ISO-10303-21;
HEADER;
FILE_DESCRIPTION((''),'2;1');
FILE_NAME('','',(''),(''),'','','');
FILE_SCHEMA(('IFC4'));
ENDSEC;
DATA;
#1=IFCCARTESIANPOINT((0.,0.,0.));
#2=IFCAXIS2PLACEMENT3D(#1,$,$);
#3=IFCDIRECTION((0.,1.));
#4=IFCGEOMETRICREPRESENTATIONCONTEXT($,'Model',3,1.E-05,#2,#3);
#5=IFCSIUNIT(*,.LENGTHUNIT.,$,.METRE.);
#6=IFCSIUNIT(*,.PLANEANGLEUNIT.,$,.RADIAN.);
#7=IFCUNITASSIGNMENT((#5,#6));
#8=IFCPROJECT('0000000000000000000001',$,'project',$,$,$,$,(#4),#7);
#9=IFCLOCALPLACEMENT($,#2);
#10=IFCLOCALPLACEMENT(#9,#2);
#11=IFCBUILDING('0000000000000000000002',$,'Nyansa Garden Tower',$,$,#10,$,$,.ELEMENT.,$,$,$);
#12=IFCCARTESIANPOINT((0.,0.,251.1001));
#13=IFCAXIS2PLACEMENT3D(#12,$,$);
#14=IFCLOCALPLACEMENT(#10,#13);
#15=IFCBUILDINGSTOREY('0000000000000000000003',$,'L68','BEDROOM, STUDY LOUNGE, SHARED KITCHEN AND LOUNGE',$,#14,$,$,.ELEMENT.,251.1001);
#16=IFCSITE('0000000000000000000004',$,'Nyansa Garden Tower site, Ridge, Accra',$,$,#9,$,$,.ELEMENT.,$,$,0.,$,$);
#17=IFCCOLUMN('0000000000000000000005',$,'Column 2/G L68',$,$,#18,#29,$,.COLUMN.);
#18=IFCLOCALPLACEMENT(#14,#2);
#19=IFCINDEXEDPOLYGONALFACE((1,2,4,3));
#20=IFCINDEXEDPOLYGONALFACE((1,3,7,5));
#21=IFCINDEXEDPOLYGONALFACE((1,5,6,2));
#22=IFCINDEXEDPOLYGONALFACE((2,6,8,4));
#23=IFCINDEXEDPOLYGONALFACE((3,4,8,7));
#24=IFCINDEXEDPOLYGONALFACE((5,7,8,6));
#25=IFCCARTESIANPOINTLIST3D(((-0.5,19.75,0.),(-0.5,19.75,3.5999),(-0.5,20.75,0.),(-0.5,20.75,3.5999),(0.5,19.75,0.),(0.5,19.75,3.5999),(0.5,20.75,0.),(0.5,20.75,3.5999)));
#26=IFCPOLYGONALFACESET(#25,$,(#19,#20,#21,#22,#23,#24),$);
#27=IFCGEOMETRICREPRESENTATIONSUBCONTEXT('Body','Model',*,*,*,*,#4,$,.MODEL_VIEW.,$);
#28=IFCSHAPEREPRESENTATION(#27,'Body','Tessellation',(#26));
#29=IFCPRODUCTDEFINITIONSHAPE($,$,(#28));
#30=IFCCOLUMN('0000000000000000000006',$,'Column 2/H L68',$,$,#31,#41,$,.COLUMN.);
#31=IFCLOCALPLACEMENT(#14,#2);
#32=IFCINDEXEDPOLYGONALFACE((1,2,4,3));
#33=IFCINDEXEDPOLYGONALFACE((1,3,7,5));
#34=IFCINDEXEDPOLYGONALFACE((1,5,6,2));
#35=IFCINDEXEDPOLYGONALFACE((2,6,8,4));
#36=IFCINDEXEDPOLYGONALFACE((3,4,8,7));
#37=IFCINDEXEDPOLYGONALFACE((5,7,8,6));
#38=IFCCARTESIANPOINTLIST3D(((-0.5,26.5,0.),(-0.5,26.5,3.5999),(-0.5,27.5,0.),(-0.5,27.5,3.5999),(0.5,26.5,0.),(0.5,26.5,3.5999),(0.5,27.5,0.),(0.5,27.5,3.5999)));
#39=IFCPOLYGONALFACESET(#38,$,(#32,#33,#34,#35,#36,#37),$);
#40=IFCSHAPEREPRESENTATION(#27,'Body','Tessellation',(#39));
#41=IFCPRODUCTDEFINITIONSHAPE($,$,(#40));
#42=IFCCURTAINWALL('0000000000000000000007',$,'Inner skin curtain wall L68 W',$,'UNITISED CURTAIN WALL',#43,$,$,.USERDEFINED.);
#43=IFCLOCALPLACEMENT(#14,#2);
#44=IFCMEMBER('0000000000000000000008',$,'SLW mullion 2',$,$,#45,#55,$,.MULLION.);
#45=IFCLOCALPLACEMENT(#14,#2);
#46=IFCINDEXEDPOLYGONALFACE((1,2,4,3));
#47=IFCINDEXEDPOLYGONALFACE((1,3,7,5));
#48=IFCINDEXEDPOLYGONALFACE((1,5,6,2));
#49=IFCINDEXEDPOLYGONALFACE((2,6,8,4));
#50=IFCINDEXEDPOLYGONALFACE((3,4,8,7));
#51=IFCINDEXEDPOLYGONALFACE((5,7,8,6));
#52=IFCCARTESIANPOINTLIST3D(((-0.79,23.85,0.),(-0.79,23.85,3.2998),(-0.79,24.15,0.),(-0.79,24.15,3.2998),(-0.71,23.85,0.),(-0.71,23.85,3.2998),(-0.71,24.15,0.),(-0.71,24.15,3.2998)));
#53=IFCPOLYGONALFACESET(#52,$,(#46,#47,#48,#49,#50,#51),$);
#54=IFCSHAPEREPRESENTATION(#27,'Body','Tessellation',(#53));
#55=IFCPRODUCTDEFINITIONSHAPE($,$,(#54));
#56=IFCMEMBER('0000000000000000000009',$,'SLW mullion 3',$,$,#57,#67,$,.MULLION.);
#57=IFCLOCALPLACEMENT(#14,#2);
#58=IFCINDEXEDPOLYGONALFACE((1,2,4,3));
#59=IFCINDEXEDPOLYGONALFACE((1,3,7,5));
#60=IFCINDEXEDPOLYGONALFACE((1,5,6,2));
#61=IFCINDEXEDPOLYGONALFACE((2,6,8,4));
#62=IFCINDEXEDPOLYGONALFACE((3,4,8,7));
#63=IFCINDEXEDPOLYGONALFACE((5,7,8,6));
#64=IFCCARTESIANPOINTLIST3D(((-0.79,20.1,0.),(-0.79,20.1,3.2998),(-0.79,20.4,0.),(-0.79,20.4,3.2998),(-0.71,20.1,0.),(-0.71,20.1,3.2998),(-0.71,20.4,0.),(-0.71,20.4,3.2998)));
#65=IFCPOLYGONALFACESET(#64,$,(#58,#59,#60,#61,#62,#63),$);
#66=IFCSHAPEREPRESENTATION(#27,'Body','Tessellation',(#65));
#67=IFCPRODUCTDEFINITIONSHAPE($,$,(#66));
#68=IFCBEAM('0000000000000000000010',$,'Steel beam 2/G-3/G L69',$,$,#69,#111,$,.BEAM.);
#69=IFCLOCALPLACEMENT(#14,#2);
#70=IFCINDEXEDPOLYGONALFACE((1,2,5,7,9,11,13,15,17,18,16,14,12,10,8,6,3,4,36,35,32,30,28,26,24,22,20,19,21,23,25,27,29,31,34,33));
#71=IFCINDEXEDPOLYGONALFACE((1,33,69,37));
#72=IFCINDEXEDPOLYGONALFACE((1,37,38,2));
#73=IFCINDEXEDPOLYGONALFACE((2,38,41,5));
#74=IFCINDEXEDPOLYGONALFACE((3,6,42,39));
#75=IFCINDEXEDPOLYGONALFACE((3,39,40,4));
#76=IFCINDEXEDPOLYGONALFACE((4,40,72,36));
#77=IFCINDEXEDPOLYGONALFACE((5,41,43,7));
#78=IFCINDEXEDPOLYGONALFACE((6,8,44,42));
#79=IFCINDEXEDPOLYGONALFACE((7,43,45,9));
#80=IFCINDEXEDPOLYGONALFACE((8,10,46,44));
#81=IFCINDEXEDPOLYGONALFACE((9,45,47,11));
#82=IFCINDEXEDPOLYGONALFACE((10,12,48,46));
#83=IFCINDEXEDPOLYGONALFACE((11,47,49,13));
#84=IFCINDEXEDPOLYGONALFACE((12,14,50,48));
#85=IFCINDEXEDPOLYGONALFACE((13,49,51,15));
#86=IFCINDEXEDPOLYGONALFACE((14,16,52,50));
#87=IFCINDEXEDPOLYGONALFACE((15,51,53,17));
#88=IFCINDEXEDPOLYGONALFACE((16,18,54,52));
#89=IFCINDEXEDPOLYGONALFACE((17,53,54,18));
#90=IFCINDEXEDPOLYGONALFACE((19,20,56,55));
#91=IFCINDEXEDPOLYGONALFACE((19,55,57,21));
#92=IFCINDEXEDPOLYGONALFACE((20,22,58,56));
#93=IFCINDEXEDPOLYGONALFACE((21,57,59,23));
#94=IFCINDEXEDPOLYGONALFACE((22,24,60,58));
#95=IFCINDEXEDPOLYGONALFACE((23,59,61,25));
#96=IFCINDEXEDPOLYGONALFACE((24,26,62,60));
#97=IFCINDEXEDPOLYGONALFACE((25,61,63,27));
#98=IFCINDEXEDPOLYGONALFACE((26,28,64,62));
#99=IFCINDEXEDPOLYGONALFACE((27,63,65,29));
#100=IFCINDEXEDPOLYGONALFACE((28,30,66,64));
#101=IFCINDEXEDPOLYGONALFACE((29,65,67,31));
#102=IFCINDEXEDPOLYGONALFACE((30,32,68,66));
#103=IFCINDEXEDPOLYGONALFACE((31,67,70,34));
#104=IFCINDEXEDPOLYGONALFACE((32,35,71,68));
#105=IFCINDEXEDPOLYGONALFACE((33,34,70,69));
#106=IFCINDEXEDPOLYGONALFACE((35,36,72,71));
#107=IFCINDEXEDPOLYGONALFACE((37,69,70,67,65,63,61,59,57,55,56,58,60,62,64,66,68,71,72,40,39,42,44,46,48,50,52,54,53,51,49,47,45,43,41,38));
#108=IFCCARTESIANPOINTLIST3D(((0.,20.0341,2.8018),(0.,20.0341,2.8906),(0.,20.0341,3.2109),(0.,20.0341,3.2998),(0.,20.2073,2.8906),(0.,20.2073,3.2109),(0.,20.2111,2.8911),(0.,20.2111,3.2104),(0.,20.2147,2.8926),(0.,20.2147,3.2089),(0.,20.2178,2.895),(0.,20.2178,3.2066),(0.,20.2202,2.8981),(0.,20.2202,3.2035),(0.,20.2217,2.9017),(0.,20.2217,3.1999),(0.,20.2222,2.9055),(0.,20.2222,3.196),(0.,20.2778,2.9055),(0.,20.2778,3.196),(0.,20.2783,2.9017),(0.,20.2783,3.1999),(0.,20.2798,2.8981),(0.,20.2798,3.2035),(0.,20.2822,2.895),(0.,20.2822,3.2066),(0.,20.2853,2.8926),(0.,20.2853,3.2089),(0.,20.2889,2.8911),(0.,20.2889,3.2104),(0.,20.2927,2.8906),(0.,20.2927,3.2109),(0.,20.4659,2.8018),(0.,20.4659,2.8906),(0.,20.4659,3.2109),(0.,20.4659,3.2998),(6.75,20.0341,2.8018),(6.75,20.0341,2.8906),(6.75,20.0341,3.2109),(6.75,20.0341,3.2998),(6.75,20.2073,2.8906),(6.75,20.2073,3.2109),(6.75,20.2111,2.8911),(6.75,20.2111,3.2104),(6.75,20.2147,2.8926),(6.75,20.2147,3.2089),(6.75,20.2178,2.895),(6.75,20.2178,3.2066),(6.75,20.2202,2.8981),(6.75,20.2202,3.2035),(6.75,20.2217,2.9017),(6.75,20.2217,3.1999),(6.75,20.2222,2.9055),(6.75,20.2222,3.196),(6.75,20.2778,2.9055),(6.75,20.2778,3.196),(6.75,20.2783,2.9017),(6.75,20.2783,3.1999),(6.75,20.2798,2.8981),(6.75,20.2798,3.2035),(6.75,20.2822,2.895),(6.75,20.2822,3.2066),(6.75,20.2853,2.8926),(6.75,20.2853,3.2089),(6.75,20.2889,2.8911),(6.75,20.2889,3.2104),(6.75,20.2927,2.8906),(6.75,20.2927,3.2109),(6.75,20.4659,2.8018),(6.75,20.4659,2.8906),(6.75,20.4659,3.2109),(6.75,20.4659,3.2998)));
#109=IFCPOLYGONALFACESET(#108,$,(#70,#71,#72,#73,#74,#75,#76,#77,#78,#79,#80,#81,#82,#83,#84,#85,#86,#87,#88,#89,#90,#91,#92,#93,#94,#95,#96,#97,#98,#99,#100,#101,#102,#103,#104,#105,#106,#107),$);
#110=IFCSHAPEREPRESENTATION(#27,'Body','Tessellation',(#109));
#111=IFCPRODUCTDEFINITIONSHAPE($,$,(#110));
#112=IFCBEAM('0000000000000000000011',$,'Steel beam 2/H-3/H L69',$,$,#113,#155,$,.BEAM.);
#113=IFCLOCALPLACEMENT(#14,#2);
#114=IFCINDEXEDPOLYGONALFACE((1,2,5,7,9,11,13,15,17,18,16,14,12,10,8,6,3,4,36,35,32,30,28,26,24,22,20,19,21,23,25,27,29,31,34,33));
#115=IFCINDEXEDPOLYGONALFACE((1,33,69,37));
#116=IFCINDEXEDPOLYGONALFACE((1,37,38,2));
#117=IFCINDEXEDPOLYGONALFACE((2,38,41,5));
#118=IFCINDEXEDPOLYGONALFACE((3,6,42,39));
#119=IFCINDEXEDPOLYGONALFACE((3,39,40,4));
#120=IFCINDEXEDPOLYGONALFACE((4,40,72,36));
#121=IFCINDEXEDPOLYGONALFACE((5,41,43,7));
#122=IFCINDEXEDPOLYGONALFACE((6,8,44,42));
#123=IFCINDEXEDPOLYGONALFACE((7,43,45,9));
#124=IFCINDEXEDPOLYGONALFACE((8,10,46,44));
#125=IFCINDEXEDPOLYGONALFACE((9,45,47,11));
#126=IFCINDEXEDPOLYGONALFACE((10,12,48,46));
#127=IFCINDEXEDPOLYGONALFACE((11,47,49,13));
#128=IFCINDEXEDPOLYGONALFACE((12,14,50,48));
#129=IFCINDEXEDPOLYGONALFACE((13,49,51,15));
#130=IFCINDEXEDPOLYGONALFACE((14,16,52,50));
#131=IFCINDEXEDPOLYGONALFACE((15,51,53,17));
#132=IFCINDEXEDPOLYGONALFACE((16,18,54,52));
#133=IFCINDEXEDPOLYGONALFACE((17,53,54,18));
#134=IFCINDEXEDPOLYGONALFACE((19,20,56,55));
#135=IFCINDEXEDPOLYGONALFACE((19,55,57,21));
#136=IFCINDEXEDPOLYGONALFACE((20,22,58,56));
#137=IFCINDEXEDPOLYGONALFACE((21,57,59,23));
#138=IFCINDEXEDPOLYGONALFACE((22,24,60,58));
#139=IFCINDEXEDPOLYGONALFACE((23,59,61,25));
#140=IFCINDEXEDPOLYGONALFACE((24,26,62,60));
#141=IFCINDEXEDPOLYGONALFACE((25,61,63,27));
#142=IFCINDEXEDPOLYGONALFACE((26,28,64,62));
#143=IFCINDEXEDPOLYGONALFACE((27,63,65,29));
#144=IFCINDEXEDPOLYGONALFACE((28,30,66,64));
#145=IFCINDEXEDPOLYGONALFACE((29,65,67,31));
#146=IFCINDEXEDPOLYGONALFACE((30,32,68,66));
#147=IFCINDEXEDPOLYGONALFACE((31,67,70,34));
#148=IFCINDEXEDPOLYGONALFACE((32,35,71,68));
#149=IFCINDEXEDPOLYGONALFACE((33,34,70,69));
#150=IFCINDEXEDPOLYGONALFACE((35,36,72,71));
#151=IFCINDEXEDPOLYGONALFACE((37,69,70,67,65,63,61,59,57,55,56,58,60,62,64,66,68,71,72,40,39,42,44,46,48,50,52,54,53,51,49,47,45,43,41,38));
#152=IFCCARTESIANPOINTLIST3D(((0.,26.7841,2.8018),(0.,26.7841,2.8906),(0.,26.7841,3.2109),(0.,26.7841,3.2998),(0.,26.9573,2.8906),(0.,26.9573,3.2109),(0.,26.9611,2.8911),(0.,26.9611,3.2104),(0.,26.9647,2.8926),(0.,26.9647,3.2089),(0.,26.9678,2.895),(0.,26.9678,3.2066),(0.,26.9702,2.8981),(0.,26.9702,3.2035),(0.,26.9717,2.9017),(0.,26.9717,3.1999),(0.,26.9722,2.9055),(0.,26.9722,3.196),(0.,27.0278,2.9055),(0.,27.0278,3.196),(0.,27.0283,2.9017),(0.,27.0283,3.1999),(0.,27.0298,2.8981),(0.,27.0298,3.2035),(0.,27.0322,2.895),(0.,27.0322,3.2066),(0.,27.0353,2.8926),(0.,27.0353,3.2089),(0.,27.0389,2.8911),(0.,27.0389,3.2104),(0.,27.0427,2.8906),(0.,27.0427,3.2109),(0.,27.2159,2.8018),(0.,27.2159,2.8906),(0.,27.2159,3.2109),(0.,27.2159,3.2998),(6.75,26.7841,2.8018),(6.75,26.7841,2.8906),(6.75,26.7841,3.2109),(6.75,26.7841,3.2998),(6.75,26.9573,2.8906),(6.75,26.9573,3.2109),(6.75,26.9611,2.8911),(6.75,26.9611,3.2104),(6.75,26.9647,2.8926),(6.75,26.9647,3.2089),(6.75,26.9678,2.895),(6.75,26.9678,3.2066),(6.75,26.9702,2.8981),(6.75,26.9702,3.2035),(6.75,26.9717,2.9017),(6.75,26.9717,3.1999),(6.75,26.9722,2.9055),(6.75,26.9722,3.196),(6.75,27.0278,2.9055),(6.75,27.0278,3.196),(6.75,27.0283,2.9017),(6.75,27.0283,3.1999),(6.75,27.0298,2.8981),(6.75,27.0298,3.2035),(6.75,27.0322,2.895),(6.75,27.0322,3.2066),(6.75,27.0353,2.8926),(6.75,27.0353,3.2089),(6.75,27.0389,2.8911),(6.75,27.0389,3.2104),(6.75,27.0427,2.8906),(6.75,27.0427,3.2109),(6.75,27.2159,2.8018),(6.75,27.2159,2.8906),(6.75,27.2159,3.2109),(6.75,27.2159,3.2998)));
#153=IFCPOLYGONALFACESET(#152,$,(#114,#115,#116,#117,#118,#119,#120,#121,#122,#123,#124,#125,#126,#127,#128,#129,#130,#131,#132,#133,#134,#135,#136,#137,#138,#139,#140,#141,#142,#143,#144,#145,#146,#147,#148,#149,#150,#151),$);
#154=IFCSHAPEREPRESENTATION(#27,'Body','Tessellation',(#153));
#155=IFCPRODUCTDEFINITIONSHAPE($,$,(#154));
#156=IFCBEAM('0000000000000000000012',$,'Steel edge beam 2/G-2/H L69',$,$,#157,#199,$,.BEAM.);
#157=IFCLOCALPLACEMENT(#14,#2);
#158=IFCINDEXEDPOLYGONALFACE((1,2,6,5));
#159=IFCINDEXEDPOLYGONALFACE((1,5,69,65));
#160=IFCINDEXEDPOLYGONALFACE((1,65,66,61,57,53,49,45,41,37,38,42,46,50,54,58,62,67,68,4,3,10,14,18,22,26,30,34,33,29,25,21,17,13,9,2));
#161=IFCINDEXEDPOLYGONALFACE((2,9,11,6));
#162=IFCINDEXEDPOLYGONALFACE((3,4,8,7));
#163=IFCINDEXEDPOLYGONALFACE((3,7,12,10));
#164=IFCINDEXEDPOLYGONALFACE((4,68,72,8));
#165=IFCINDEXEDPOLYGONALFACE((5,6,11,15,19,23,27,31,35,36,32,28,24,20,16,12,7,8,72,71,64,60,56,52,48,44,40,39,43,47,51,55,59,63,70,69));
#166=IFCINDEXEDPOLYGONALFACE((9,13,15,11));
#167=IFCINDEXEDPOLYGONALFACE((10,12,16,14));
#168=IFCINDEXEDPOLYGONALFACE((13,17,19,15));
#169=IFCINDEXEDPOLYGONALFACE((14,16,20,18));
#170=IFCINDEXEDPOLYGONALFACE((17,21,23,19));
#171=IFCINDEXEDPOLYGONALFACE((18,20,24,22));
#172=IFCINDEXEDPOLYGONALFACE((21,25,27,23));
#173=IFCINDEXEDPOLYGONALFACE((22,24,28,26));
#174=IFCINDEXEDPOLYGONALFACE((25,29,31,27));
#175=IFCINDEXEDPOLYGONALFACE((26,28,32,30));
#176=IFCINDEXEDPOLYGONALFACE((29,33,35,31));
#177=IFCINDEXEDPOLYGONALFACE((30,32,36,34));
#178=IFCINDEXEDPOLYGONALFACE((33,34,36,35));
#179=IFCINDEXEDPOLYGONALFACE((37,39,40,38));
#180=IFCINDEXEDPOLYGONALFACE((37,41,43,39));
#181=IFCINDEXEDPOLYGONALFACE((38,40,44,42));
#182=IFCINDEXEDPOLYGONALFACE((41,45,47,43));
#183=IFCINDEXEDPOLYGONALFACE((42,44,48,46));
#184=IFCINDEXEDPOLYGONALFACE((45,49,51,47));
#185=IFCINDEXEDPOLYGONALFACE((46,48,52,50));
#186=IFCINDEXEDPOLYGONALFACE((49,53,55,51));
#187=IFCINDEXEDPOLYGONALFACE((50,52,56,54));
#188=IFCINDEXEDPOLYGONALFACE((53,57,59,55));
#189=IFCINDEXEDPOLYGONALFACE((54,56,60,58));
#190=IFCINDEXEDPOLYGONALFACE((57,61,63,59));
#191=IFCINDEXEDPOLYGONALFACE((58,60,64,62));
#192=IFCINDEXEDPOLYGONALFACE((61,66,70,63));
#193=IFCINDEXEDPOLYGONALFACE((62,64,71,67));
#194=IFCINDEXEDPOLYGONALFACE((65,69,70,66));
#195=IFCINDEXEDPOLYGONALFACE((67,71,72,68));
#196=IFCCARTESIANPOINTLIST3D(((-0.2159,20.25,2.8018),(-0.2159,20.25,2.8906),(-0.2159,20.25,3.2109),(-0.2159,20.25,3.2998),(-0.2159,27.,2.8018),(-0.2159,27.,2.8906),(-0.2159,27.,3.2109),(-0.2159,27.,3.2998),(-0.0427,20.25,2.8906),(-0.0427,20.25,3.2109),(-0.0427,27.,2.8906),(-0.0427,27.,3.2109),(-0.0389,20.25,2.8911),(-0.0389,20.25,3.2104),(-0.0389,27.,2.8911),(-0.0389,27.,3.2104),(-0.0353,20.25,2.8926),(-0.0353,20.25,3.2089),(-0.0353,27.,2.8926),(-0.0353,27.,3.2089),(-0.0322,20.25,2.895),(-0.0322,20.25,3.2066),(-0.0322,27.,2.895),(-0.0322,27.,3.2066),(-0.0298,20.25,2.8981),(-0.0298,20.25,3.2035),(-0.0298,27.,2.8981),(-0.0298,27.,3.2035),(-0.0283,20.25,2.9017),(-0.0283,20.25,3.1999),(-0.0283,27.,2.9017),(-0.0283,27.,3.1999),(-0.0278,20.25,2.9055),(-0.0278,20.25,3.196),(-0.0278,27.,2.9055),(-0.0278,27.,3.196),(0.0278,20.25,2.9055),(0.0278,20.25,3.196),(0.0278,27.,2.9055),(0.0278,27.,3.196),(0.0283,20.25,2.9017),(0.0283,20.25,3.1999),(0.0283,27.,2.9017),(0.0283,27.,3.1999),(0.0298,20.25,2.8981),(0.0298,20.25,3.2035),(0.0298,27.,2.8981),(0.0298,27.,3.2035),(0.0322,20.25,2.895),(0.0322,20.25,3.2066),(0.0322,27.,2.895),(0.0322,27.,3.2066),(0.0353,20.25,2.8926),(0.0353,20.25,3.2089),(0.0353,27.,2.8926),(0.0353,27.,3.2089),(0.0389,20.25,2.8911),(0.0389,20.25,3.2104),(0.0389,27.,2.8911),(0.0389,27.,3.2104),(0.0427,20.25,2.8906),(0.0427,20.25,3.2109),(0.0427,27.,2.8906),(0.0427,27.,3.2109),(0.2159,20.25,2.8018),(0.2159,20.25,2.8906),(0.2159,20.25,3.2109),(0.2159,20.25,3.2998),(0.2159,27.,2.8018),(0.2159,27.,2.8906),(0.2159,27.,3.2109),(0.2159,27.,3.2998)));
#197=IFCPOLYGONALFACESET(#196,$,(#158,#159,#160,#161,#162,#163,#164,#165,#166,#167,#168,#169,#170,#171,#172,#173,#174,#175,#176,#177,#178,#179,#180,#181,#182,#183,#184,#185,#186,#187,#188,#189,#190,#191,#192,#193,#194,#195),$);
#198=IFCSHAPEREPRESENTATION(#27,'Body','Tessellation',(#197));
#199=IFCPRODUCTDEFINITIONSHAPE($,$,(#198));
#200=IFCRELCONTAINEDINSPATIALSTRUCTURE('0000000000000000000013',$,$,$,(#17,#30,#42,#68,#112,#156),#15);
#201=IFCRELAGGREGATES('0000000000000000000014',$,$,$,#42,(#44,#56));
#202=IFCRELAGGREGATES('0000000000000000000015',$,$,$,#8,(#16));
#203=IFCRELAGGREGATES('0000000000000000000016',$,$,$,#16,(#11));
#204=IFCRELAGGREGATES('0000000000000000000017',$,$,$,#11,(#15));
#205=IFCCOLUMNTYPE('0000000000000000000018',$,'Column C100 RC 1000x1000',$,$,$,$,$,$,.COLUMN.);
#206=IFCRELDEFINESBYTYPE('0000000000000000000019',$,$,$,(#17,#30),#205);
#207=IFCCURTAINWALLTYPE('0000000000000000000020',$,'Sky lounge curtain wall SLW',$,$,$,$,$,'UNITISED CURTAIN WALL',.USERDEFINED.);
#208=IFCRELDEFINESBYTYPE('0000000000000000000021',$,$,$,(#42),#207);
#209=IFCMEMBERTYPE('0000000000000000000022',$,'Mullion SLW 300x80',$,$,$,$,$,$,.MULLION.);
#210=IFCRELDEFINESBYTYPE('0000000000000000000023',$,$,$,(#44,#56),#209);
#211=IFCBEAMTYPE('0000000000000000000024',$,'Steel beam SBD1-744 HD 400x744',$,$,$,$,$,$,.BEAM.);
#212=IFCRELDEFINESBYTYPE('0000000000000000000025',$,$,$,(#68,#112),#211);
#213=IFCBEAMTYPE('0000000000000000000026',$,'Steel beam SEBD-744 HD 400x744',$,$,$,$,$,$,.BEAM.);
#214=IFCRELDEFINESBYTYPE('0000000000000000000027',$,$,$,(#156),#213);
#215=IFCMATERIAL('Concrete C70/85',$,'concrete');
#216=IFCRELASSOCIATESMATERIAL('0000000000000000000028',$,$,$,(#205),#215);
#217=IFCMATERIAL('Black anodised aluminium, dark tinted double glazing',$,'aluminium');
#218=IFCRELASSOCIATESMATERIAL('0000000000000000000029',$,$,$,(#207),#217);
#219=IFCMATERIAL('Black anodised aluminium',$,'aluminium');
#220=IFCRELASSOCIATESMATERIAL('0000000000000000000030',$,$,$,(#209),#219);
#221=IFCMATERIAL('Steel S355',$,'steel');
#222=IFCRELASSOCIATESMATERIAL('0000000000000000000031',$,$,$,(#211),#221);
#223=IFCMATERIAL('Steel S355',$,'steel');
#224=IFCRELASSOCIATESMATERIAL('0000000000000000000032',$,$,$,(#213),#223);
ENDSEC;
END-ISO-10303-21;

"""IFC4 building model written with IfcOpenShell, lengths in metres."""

from ifc_helpers import new_model, si_unit, direction, frame, origin, origin_2d, place, context, subcontext, project, spatial, rectangle, i_section, extrude, material, material_profile, profile_set, type_object, element, aggregate, save


model = new_model("IFC4")

# Units and contexts
model_context = context("Model", 3, precision=1e-05, world=origin(), true_north=direction((0.0, 1.0)))
body_context = subcontext(model_context, "Body", "Model", "MODEL_VIEW")
ifc_project = project(units=[si_unit("LENGTHUNIT", "METRE"), si_unit("PLANEANGLEUNIT", "RADIAN")], contexts=[model_context])

# Site, building, storey
site_placement = place(None, origin())
site = spatial("IfcSite", under=ifc_project, at=site_placement, Name="Nyansa Garden Tower site, Ridge, Accra", CompositionType="ELEMENT", RefElevation=0.0)
building_placement = place(site_placement, origin())
building = spatial("IfcBuilding", under=site, at=building_placement, Name="Nyansa Garden Tower", CompositionType="ELEMENT")
storey_placement = place(building_placement, frame((0.0, 0.0, 251.1001)))
storey = spatial("IfcBuildingStorey", under=building, at=storey_placement, Name="L68", Description="BEDROOM, STUDY LOUNGE, SHARED KITCHEN AND LOUNGE", CompositionType="ELEMENT", Elevation=251.1001)

# Columns
ifc_material_1 = material(Name="Concrete C70/85", Category="concrete")
ifc_material_profile_1 = material_profile(ifc_material_1, rectangle(XDim=1.0, YDim=1.0, at=origin_2d()), Name="RC 1000x1000")
ifc_profile_set_1 = profile_set([ifc_material_profile_1], Name="Concrete C70/85")
column_type = type_object("IfcColumnType", Name="Column C100 RC 1000x1000", PredefinedType="COLUMN", material=ifc_profile_set_1)
for number, where, z_axis, x_axis, name in (
    (1, (0.0, 20.25, 0.0), (0.0, 0.0, 1.0), (1.0, 0.0, 0.0), "Column 2/G L68"),
    (2, (0.0, 27.0, 0.0), (0.0, 0.0, 1.0), (1.0, 0.0, 0.0), "Column 2/H L68"),
):
    element("IfcColumn", number, at=place(storey_placement, frame(where, z_axis=z_axis, x_axis=x_axis)), inside=storey, type_object=column_type, Name=name, PredefinedType="COLUMN", context=body_context, shape_type="SweptSolid", body=[
        extrude(rectangle(XDim=1.0, YDim=1.0, at=origin_2d()), origin(), (0.0, 0.0, 1.0), 3.5999),
    ])

# Curtain wall, members
ifc_material_2 = material(Name="Black anodised aluminium, dark tinted double glazing", Category="aluminium")
curtain_wall_type = type_object("IfcCurtainWallType", Name="Sky lounge curtain wall SLW", ElementType="UNITISED CURTAIN WALL", PredefinedType="USERDEFINED", material=ifc_material_2)
curtain_wall_placement = place(storey_placement, origin())
curtain_wall = element("IfcCurtainWall", 3, at=curtain_wall_placement, inside=storey, type_object=curtain_wall_type, Name="Inner skin curtain wall L68 W", ObjectType="UNITISED CURTAIN WALL", PredefinedType="USERDEFINED")
ifc_material_3 = material(Name="Black anodised aluminium", Category="aluminium")
ifc_material_profile_2 = material_profile(ifc_material_3, rectangle(XDim=0.0801, YDim=0.3, at=origin_2d()), Name="Mullion 300x80")
ifc_profile_set_2 = profile_set([ifc_material_profile_2], Name="Black anodised aluminium")
member_type_1 = type_object("IfcMemberType", Name="Mullion SLW 300x80", PredefinedType="MULLION", material=ifc_profile_set_2)
member_1_placement = place(storey_placement, frame((-0.75, 24.0, 0.0), z_axis=(0.0, 0.0, 1.0), x_axis=(1.0, 0.0, 0.0)))
member_1 = element("IfcMember", 4, at=member_1_placement, type_object=member_type_1, Name="SLW mullion 2", PredefinedType="MULLION", context=body_context, shape_type="SweptSolid", body=[
    extrude(rectangle(XDim=0.0801, YDim=0.3, at=origin_2d()), origin(), (0.0, 0.0, 1.0), 3.2998),
])
member_2_placement = place(storey_placement, frame((-0.75, 20.25, 0.0), z_axis=(0.0, 0.0, 1.0), x_axis=(1.0, 0.0, 0.0)))
member_2 = element("IfcMember", 5, at=member_2_placement, type_object=member_type_1, Name="SLW mullion 3", PredefinedType="MULLION", context=body_context, shape_type="SweptSolid", body=[
    extrude(rectangle(XDim=0.0801, YDim=0.3, at=origin_2d()), origin(), (0.0, 0.0, 1.0), 3.2998),
])

# Beams
ifc_material_4 = material(Name="Steel S355", Category="steel")
ifc_material_profile_3 = material_profile(ifc_material_4, i_section(OverallWidth=0.4319, OverallDepth=0.498, WebThickness=0.0557, FlangeThickness=0.0889, FilletRadius=0.0149, at=origin_2d()), Name="HD 400x744")
ifc_profile_set_3 = profile_set([ifc_material_profile_3], Name="Steel S355")
beam_type_1 = type_object("IfcBeamType", Name="Steel beam SBD1-744 HD 400x744", PredefinedType="BEAM", material=ifc_profile_set_3)
for number, where, z_axis, x_axis, name in (
    (6, (0.0, 20.25, 3.0508), (1.0, 0.0, 0.0), (0.0, 1.0, 0.0), "Steel beam 2/G-3/G L69"),
    (7, (0.0, 27.0, 3.0508), (1.0, 0.0, 0.0), (0.0, 1.0, 0.0), "Steel beam 2/H-3/H L69"),
):
    element("IfcBeam", number, at=place(storey_placement, frame(where, z_axis=z_axis, x_axis=x_axis)), inside=storey, type_object=beam_type_1, Name=name, PredefinedType="BEAM", context=body_context, shape_type="SweptSolid", body=[
        extrude(i_section(OverallWidth=0.4319, OverallDepth=0.498, WebThickness=0.0557, FlangeThickness=0.0889, FilletRadius=0.0149, at=origin_2d()), origin(), (0.0, 0.0, 1.0), 6.75),
    ])
ifc_material_5 = material(Name="Steel S355", Category="steel")
ifc_material_profile_4 = material_profile(ifc_material_5, i_section(OverallWidth=0.4319, OverallDepth=0.498, WebThickness=0.0557, FlangeThickness=0.0889, FilletRadius=0.0149, at=origin_2d()), Name="HD 400x744")
ifc_profile_set_4 = profile_set([ifc_material_profile_4], Name="Steel S355")
beam_type_2 = type_object("IfcBeamType", Name="Steel beam SEBD-744 HD 400x744", PredefinedType="BEAM", material=ifc_profile_set_4)
beam_placement = place(storey_placement, frame((0.0, 20.25, 3.0508), z_axis=(0.0, 1.0, 0.0), x_axis=(-1.0, 0.0, 0.0)))
element("IfcBeam", 8, at=beam_placement, inside=storey, type_object=beam_type_2, Name="Steel edge beam 2/G-2/H L69", PredefinedType="BEAM", context=body_context, shape_type="SweptSolid", body=[
    extrude(i_section(OverallWidth=0.4319, OverallDepth=0.498, WebThickness=0.0557, FlangeThickness=0.0889, FilletRadius=0.0149, at=origin_2d()), origin(), (0.0, 0.0, 1.0), 6.75),
])

aggregate(curtain_wall, [member_1, member_2])

save(model, "model.ifc")
